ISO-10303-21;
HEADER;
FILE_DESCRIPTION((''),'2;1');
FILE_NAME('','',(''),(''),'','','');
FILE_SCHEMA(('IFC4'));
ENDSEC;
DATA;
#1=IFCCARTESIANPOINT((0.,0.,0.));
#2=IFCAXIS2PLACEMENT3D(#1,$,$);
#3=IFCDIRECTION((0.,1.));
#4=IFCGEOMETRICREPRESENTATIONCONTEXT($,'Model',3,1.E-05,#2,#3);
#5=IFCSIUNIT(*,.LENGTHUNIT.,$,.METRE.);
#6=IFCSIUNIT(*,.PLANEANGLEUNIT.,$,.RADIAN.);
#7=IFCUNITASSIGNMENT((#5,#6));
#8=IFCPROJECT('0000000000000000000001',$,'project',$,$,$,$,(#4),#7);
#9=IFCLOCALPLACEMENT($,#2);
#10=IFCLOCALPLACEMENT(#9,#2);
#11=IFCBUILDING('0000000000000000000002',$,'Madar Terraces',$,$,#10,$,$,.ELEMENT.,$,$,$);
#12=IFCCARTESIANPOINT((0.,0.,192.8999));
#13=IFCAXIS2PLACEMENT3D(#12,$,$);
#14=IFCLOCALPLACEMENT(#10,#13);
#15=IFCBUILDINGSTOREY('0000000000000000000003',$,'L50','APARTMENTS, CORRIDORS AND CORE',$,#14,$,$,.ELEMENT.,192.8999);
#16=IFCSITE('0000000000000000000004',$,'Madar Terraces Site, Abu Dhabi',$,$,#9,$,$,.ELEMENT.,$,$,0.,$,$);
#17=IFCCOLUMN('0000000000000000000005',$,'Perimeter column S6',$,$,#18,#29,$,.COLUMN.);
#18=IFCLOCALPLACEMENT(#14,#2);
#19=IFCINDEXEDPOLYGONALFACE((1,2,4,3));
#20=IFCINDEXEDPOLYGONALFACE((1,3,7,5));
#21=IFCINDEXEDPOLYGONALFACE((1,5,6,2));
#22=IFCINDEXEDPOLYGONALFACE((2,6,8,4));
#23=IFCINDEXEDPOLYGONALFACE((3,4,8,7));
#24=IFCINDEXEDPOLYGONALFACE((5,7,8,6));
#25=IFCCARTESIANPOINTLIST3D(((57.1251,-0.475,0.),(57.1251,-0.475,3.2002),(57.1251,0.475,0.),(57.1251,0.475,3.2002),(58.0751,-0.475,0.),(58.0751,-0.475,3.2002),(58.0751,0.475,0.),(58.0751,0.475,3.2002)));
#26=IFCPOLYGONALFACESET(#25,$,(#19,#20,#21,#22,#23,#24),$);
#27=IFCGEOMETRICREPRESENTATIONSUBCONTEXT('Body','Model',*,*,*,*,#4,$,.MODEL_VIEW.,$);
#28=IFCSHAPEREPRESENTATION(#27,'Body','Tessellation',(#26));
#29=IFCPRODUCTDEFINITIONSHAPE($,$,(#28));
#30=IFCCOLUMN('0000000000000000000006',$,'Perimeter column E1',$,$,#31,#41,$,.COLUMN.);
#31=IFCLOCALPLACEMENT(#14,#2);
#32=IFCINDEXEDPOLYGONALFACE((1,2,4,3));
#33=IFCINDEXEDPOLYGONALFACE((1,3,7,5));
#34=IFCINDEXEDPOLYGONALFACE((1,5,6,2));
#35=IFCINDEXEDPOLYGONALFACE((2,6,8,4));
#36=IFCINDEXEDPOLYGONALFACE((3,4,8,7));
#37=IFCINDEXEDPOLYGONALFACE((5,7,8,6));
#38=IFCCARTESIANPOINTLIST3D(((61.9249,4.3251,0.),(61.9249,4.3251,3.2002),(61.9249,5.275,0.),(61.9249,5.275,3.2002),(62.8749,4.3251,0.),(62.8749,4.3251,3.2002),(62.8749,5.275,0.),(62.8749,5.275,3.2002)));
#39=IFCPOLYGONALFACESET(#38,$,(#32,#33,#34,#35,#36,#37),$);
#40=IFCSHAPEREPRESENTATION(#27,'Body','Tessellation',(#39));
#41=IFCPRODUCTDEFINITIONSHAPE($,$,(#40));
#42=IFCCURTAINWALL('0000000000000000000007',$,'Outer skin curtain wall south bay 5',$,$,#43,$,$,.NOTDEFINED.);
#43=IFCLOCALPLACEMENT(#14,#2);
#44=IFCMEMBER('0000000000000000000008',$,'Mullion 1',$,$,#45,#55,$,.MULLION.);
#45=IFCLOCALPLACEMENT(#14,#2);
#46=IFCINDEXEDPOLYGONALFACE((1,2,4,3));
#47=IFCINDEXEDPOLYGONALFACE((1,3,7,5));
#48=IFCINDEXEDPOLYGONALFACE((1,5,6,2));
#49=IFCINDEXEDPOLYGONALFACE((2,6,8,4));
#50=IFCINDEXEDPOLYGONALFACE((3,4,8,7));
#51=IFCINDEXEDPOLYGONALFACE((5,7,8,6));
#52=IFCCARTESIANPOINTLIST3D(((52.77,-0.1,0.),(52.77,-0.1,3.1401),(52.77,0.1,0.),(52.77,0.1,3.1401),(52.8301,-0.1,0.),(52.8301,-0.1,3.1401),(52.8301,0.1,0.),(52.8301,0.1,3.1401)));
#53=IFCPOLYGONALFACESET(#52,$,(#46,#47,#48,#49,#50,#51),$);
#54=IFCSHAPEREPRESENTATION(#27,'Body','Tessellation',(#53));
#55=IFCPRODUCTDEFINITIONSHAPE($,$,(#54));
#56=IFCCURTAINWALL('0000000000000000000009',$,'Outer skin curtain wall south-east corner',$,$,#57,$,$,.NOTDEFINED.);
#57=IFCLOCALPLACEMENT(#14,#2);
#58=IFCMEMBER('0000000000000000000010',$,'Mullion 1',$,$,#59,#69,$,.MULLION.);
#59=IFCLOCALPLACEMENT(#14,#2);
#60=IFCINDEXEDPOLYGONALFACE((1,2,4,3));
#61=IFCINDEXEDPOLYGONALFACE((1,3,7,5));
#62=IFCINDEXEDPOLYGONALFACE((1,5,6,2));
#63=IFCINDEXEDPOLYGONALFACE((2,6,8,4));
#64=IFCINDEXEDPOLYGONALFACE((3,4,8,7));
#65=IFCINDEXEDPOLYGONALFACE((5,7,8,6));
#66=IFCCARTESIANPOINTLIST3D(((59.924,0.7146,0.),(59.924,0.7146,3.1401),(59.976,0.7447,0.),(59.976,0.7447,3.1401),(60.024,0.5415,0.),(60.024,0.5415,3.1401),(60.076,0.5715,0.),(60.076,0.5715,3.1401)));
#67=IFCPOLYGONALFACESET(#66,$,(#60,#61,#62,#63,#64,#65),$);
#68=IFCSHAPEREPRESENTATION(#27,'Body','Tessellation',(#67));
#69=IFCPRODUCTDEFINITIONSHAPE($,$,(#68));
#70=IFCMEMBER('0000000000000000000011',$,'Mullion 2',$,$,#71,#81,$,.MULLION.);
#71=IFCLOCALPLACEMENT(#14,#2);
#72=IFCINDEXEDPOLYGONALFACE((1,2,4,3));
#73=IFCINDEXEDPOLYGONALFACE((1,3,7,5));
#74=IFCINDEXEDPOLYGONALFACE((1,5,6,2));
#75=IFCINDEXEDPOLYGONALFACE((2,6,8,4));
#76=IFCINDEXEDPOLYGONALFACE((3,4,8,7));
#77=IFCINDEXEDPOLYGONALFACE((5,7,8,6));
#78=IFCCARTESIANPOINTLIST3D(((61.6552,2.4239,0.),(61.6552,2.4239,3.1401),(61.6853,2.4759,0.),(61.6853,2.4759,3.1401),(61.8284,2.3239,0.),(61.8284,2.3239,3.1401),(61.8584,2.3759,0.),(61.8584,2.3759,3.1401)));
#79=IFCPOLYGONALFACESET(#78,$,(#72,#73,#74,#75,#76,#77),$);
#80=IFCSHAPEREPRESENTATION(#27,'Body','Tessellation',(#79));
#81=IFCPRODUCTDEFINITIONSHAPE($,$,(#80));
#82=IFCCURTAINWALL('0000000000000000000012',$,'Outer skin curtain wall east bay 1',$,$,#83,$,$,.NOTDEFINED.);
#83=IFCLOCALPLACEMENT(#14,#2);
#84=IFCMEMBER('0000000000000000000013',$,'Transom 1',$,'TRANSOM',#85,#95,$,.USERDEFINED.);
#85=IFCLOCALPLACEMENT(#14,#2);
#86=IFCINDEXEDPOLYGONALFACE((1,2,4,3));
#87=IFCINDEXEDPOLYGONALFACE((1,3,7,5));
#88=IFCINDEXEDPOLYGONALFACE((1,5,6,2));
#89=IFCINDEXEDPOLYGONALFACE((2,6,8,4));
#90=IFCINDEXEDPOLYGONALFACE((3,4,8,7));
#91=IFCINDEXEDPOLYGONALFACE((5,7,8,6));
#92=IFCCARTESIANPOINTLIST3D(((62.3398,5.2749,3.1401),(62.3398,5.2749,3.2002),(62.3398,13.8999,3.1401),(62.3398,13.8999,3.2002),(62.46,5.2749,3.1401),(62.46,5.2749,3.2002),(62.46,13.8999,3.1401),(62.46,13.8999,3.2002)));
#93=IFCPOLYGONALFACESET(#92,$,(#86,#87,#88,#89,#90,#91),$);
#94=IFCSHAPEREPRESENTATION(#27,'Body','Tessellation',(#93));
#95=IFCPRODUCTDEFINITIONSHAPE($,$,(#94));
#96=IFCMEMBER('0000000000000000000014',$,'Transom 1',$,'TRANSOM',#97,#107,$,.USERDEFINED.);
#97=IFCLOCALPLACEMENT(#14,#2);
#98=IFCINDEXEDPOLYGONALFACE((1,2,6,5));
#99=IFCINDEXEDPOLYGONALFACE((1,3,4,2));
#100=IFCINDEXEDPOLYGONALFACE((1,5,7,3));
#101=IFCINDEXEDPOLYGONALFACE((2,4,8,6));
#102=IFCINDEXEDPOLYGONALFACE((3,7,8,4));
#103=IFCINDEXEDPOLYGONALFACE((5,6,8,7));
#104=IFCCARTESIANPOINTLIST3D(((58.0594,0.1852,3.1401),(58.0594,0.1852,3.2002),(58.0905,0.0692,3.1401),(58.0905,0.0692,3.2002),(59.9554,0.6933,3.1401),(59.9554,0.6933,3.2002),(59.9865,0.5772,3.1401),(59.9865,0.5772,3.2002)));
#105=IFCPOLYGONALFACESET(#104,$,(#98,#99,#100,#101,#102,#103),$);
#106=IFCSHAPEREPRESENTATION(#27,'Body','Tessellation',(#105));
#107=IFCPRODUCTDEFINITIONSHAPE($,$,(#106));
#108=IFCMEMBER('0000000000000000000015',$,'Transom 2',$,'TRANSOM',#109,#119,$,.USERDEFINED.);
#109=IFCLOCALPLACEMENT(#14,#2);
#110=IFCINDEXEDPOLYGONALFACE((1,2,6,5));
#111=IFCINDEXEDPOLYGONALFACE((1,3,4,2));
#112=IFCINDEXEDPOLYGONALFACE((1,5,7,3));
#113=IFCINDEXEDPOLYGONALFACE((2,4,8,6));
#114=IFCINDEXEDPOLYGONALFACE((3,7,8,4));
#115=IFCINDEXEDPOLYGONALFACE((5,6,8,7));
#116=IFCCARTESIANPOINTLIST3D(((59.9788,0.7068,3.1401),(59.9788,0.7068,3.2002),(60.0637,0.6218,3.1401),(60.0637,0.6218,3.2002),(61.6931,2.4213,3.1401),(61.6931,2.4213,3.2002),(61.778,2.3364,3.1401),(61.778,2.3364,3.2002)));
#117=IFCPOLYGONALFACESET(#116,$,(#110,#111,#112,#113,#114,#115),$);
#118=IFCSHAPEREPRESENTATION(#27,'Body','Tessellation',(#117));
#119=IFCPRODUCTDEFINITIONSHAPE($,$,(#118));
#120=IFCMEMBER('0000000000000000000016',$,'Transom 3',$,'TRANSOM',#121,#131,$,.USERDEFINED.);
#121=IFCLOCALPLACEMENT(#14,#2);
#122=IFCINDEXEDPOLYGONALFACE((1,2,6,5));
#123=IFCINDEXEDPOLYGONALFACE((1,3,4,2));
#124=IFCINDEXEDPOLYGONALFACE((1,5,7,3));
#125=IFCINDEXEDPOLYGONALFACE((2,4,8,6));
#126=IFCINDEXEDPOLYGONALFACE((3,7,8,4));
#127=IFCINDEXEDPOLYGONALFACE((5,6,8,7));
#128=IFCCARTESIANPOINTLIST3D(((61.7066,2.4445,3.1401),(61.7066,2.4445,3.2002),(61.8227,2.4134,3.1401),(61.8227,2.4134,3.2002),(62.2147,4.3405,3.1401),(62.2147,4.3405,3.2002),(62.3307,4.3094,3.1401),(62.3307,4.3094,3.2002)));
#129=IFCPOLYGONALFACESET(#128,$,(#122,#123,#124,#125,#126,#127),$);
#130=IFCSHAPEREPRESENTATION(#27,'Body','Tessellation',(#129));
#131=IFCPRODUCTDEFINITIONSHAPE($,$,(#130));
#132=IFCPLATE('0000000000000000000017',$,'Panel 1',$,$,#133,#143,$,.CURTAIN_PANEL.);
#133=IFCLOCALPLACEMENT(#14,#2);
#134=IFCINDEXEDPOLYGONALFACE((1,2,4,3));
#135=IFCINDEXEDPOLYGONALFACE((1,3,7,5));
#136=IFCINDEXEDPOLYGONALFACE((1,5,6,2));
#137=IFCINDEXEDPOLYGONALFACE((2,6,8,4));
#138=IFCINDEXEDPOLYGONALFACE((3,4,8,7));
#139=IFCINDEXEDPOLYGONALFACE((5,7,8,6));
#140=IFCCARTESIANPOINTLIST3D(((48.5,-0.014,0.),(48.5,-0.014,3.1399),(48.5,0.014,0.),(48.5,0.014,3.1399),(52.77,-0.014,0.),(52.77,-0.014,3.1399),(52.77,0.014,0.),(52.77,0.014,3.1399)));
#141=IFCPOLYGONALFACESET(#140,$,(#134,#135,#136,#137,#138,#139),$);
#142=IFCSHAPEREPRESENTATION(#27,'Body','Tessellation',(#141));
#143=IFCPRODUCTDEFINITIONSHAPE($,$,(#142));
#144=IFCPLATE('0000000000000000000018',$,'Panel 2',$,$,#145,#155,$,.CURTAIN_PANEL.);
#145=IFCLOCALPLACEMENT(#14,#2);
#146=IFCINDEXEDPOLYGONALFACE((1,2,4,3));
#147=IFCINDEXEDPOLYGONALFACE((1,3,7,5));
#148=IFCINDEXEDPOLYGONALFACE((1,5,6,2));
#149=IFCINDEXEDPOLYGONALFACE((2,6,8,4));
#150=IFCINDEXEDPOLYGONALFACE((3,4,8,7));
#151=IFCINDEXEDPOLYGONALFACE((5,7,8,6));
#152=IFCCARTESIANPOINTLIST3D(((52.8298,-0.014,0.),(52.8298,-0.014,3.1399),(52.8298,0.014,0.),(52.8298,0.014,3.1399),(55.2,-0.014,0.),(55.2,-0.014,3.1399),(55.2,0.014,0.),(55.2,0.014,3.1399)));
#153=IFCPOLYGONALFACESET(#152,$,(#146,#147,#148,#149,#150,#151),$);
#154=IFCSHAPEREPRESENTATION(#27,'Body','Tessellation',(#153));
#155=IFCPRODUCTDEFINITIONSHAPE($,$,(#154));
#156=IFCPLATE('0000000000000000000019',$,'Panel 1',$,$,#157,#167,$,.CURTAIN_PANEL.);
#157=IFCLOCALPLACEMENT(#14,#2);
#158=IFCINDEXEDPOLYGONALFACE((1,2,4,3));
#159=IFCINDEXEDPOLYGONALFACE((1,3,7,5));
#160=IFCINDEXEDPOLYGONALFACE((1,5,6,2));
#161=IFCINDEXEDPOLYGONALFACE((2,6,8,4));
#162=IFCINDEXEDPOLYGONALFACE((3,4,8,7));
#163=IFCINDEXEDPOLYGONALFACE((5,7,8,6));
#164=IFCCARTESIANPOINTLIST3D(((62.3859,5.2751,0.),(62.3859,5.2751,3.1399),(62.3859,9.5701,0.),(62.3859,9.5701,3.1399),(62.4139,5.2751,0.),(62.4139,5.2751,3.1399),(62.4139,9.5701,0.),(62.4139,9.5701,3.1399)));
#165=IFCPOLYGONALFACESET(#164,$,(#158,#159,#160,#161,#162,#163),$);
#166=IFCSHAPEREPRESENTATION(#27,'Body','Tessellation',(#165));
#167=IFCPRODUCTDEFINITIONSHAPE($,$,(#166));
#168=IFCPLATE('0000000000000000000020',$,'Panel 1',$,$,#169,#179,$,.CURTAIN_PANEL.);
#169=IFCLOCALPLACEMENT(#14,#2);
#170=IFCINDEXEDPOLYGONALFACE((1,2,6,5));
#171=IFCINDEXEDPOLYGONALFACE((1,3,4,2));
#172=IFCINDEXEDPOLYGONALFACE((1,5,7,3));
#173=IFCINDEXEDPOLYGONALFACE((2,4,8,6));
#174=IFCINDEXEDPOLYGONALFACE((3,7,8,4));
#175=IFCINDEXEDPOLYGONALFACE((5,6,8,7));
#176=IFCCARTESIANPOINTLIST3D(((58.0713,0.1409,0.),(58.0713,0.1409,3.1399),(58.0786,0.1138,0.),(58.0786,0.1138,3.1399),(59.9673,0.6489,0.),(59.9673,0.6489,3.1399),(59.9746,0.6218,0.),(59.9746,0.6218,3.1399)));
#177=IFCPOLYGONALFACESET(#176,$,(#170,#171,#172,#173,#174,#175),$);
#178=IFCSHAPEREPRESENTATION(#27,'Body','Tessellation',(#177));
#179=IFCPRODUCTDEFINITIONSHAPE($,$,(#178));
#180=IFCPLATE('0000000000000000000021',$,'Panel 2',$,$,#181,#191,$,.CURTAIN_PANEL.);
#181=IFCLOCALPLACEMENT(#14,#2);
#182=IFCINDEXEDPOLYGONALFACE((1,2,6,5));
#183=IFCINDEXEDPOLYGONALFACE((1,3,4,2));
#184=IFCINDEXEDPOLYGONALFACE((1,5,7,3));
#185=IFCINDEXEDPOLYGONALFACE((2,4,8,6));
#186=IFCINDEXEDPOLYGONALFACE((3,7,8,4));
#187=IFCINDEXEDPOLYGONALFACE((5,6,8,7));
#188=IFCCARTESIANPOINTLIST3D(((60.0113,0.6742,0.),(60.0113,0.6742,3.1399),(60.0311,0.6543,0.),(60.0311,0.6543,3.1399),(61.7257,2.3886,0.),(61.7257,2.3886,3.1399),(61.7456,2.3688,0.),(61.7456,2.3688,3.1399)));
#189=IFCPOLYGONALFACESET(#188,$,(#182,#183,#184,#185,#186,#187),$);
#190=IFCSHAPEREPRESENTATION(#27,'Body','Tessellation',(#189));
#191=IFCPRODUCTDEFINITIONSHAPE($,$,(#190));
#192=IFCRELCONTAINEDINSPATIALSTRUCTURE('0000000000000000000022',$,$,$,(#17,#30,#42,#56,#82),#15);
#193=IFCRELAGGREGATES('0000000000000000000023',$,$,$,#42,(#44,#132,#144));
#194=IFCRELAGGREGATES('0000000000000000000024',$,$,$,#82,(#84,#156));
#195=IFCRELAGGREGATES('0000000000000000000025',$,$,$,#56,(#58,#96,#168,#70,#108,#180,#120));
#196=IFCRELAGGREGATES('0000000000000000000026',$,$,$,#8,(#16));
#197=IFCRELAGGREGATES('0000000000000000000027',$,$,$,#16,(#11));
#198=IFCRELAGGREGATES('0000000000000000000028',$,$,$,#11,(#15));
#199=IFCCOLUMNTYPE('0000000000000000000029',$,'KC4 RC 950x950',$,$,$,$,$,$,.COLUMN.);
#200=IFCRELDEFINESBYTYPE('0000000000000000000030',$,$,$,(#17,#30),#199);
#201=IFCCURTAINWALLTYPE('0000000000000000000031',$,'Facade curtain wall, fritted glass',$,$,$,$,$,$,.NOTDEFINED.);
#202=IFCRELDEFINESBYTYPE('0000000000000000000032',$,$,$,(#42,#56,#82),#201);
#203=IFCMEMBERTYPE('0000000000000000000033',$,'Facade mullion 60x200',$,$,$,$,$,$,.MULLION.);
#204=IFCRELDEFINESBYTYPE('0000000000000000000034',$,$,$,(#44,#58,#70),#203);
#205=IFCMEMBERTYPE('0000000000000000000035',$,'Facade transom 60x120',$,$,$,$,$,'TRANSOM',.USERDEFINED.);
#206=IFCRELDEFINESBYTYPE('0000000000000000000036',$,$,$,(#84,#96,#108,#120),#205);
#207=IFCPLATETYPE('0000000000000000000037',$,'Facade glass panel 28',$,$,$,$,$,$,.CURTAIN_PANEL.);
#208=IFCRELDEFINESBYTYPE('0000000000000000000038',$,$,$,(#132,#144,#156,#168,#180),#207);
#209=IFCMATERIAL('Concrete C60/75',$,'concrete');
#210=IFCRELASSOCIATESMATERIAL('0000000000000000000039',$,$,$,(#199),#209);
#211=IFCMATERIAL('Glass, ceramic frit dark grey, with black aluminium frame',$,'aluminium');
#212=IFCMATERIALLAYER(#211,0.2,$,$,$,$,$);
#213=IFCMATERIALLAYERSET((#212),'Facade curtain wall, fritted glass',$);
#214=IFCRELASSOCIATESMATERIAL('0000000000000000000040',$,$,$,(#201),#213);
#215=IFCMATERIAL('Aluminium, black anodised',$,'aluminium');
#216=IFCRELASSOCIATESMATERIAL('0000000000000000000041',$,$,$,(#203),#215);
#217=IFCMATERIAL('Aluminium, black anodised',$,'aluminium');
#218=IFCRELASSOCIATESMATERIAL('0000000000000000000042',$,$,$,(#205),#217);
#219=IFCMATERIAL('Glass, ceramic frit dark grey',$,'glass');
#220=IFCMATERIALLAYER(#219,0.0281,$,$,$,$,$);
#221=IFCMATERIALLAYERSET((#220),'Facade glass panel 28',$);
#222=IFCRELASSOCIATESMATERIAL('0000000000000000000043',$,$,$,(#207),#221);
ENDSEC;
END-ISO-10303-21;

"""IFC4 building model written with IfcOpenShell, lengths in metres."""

from ifc_helpers import new_model, si_unit, direction, frame, origin, origin_2d, place, context, subcontext, project, spatial, rectangle, extrude, material, layer, layer_set, material_profile, profile_set, type_object, element, aggregate, save


model = new_model("IFC4")

# Units and contexts
model_context = context("Model", 3, precision=1e-05, world=origin(), true_north=direction((0.0, 1.0)))
body_context = subcontext(model_context, "Body", "Model", "MODEL_VIEW")
ifc_project = project(units=[si_unit("LENGTHUNIT", "METRE"), si_unit("PLANEANGLEUNIT", "RADIAN")], contexts=[model_context])

# Site, building, storey
site_placement = place(None, origin())
site = spatial("IfcSite", under=ifc_project, at=site_placement, Name="Madar Terraces Site, Abu Dhabi", CompositionType="ELEMENT", RefElevation=0.0)
building_placement = place(site_placement, origin())
building = spatial("IfcBuilding", under=site, at=building_placement, Name="Madar Terraces", CompositionType="ELEMENT")
storey_placement = place(building_placement, frame((0.0, 0.0, 192.8999)))
storey = spatial("IfcBuildingStorey", under=building, at=storey_placement, Name="L50", Description="APARTMENTS, CORRIDORS AND CORE", CompositionType="ELEMENT", Elevation=192.8999)

# Columns
ifc_material_1 = material(Name="Concrete C60/75", Category="concrete")
ifc_material_profile_1 = material_profile(ifc_material_1, rectangle(XDim=0.95, YDim=0.95, at=origin_2d()), Name="KC4 RC 950x950")
ifc_profile_set_1 = profile_set([ifc_material_profile_1], Name="Concrete C60/75")
column_type = type_object("IfcColumnType", Name="KC4 RC 950x950", PredefinedType="COLUMN", material=ifc_profile_set_1)
for number, where, z_axis, x_axis, name in (
    (1, (57.6001, 0.0, 0.0), (0.0, 0.0, 1.0), (1.0, 0.0, 0.0), "Perimeter column S6"),
    (2, (62.3999, 4.8, 0.0), (0.0, 0.0, 1.0), (1.0, 0.0, 0.0), "Perimeter column E1"),
):
    element("IfcColumn", number, at=place(storey_placement, frame(where, z_axis=z_axis, x_axis=x_axis)), inside=storey, type_object=column_type, Name=name, PredefinedType="COLUMN", context=body_context, shape_type="SweptSolid", body=[
        extrude(rectangle(XDim=0.95, YDim=0.95, at=origin_2d()), origin(), (0.0, 0.0, 1.0), 3.2002),
    ])

# Curtain wall, member
ifc_material_2 = material(Name="Glass, ceramic frit dark grey, with black aluminium frame", Category="aluminium")
ifc_layer_1 = layer(ifc_material_2, 0.2)
ifc_layer_set_1 = layer_set([ifc_layer_1], Name="Facade curtain wall, fritted glass")
curtain_wall_type = type_object("IfcCurtainWallType", Name="Facade curtain wall, fritted glass", PredefinedType="NOTDEFINED", material=ifc_layer_set_1)
curtain_wall_1_placement = place(storey_placement, origin())
curtain_wall_1 = element("IfcCurtainWall", 3, at=curtain_wall_1_placement, inside=storey, type_object=curtain_wall_type, Name="Outer skin curtain wall south bay 5", PredefinedType="NOTDEFINED")
ifc_material_3 = material(Name="Aluminium, black anodised", Category="aluminium")
ifc_material_profile_2 = material_profile(ifc_material_3, rectangle(XDim=0.2, YDim=0.0601, at=origin_2d()), Name="Facade mullion 60x200")
ifc_profile_set_2 = profile_set([ifc_material_profile_2], Name="Aluminium, black anodised")
member_type_1 = type_object("IfcMemberType", Name="Facade mullion 60x200", PredefinedType="MULLION", material=ifc_profile_set_2)
member_1_placement = place(storey_placement, frame((52.8, 0.0, 0.0), z_axis=(0.0, 0.0, 1.0), x_axis=(0.0, 1.0, 0.0)))
member_1 = element("IfcMember", 4, at=member_1_placement, type_object=member_type_1, Name="Mullion 1", PredefinedType="MULLION", context=body_context, shape_type="SweptSolid", body=[
    extrude(rectangle(XDim=0.2, YDim=0.0601, at=origin_2d()), origin(), (0.0, 0.0, 1.0), 3.1401),
])

# Curtain wall, members
curtain_wall_2_placement = place(storey_placement, origin())
curtain_wall_2 = element("IfcCurtainWall", 5, at=curtain_wall_2_placement, inside=storey, type_object=curtain_wall_type, Name="Outer skin curtain wall south-east corner", PredefinedType="NOTDEFINED")
member_2_placement = place(storey_placement, frame((60.0, 0.6431, 0.0), z_axis=(0.0, 0.0, 1.0), x_axis=(-0.5, 0.866025, 0.0)))
member_2 = element("IfcMember", 6, at=member_2_placement, type_object=member_type_1, Name="Mullion 1", PredefinedType="MULLION", context=body_context, shape_type="SweptSolid", body=[
    extrude(rectangle(XDim=0.2, YDim=0.0601, at=origin_2d()), origin(), (0.0, 0.0, 1.0), 3.1401),
])
member_3_placement = place(storey_placement, frame((61.7568, 2.3999, 0.0), z_axis=(0.0, 0.0, 1.0), x_axis=(-0.866025, 0.5, 0.0)))
member_3 = element("IfcMember", 7, at=member_3_placement, type_object=member_type_1, Name="Mullion 2", PredefinedType="MULLION", context=body_context, shape_type="SweptSolid", body=[
    extrude(rectangle(XDim=0.2, YDim=0.0601, at=origin_2d()), origin(), (0.0, 0.0, 1.0), 3.1401),
])

# Curtain wall, member
curtain_wall_3_placement = place(storey_placement, origin())
curtain_wall_3 = element("IfcCurtainWall", 8, at=curtain_wall_3_placement, inside=storey, type_object=curtain_wall_type, Name="Outer skin curtain wall east bay 1", PredefinedType="NOTDEFINED")
ifc_material_4 = material(Name="Aluminium, black anodised", Category="aluminium")
ifc_material_profile_3 = material_profile(ifc_material_4, rectangle(XDim=0.1201, YDim=0.0601, at=origin_2d()), Name="Facade transom 60x120")
ifc_profile_set_3 = profile_set([ifc_material_profile_3], Name="Aluminium, black anodised")
member_type_2 = type_object("IfcMemberType", Name="Facade transom 60x120", ElementType="TRANSOM", PredefinedType="USERDEFINED", material=ifc_profile_set_3)
member_4_placement = place(storey_placement, frame((62.3999, 5.2749, 3.1702), z_axis=(0.0, 1.0, 0.0), x_axis=(-1.0, 0.0, 0.0)))
member_4 = element("IfcMember", 9, at=member_4_placement, type_object=member_type_2, Name="Transom 1", ObjectType="TRANSOM", PredefinedType="USERDEFINED", context=body_context, shape_type="SweptSolid", body=[
    extrude(rectangle(XDim=0.1201, YDim=0.0601, at=origin_2d()), origin(), (0.0, 0.0, 1.0), 8.625),
])

# Members
member_5_placement = place(storey_placement, frame((58.075, 0.1272, 3.1702), z_axis=(0.965923, 0.258831, 0.0), x_axis=(-0.258831, 0.965923, 0.0)))
member_5 = element("IfcMember", 10, at=member_5_placement, type_object=member_type_2, Name="Transom 1", ObjectType="TRANSOM", PredefinedType="USERDEFINED", context=body_context, shape_type="SweptSolid", body=[
    extrude(rectangle(XDim=0.1201, YDim=0.0601, at=origin_2d()), origin(), (0.0, 0.0, 1.0), 1.9629),
])
member_6_placement = place(storey_placement, frame((60.0212, 0.6643, 3.1702), z_axis=(0.707056, 0.707157, 0.0), x_axis=(-0.707157, 0.707056, 0.0)))
member_6 = element("IfcMember", 11, at=member_6_placement, type_object=member_type_2, Name="Transom 2", ObjectType="TRANSOM", PredefinedType="USERDEFINED", context=body_context, shape_type="SweptSolid", body=[
    extrude(rectangle(XDim=0.1201, YDim=0.0601, at=origin_2d()), origin(), (0.0, 0.0, 1.0), 2.4246),
])
member_7_placement = place(storey_placement, frame((61.7646, 2.429, 3.1702), z_axis=(0.258831, 0.965923, 0.0), x_axis=(-0.965923, 0.258831, 0.0)))
member_7 = element("IfcMember", 12, at=member_7_placement, type_object=member_type_2, Name="Transom 3", ObjectType="TRANSOM", PredefinedType="USERDEFINED", context=body_context, shape_type="SweptSolid", body=[
    extrude(rectangle(XDim=0.1201, YDim=0.0601, at=origin_2d()), origin(), (0.0, 0.0, 1.0), 1.9629),
])

# Plates
ifc_material_5 = material(Name="Glass, ceramic frit dark grey", Category="glass")
ifc_layer_2 = layer(ifc_material_5, 0.0281)
ifc_layer_set_2 = layer_set([ifc_layer_2], Name="Facade glass panel 28")
plate_type = type_object("IfcPlateType", Name="Facade glass panel 28", PredefinedType="CURTAIN_PANEL", material=ifc_layer_set_2)
plate_1_placement = place(storey_placement, frame((50.635, 0.0, 0.0), z_axis=(0.0, 0.0, 1.0), x_axis=(1.0, 0.0, 0.0)))
plate_1 = element("IfcPlate", 13, at=plate_1_placement, type_object=plate_type, Name="Panel 1", PredefinedType="CURTAIN_PANEL", context=body_context, shape_type="SweptSolid", body=[
    extrude(rectangle(XDim=4.27, YDim=0.0281, at=origin_2d()), origin(), (0.0, 0.0, 1.0), 3.1399),
])
plate_2_placement = place(storey_placement, frame((54.0149, 0.0, 0.0), z_axis=(0.0, 0.0, 1.0), x_axis=(1.0, 0.0, 0.0)))
plate_2 = element("IfcPlate", 14, at=plate_2_placement, type_object=plate_type, Name="Panel 2", PredefinedType="CURTAIN_PANEL", context=body_context, shape_type="SweptSolid", body=[
    extrude(rectangle(XDim=2.3701, YDim=0.0281, at=origin_2d()), origin(), (0.0, 0.0, 1.0), 3.1399),
])
aggregate(curtain_wall_1, [member_1, plate_1, plate_2])
plate_3_placement = place(storey_placement, frame((62.3999, 7.4226, 0.0), z_axis=(0.0, 0.0, 1.0), x_axis=(0.0, 1.0, 0.0)))
plate_3 = element("IfcPlate", 15, at=plate_3_placement, type_object=plate_type, Name="Panel 1", PredefinedType="CURTAIN_PANEL", context=body_context, shape_type="SweptSolid", body=[
    extrude(rectangle(XDim=4.2949, YDim=0.0281, at=origin_2d()), origin(), (0.0, 0.0, 1.0), 3.1399),
])
aggregate(curtain_wall_3, [member_4, plate_3])
plate_4_placement = place(storey_placement, frame((59.0229, 0.3813, 0.0), z_axis=(0.0, 0.0, 1.0), x_axis=(0.965926, 0.258819, 0.0)))
plate_4 = element("IfcPlate", 16, at=plate_4_placement, type_object=plate_type, Name="Panel 1", PredefinedType="CURTAIN_PANEL", context=body_context, shape_type="SweptSolid", body=[
    extrude(rectangle(XDim=1.9629, YDim=0.0281, at=origin_2d()), origin(), (0.0, 0.0, 1.0), 3.1399),
])
plate_5_placement = place(storey_placement, frame((60.8784, 1.5215, 0.0), z_axis=(0.0, 0.0, 1.0), x_axis=(0.707107, 0.707107, 0.0)))
plate_5 = element("IfcPlate", 17, at=plate_5_placement, type_object=plate_type, Name="Panel 2", PredefinedType="CURTAIN_PANEL", context=body_context, shape_type="SweptSolid", body=[
    extrude(rectangle(XDim=2.4246, YDim=0.0281, at=origin_2d()), origin(), (0.0, 0.0, 1.0), 3.1399),
])
aggregate(curtain_wall_2, [member_2, member_5, plate_4, member_3, member_6, plate_5, member_7])

save(model, "model.ifc")
